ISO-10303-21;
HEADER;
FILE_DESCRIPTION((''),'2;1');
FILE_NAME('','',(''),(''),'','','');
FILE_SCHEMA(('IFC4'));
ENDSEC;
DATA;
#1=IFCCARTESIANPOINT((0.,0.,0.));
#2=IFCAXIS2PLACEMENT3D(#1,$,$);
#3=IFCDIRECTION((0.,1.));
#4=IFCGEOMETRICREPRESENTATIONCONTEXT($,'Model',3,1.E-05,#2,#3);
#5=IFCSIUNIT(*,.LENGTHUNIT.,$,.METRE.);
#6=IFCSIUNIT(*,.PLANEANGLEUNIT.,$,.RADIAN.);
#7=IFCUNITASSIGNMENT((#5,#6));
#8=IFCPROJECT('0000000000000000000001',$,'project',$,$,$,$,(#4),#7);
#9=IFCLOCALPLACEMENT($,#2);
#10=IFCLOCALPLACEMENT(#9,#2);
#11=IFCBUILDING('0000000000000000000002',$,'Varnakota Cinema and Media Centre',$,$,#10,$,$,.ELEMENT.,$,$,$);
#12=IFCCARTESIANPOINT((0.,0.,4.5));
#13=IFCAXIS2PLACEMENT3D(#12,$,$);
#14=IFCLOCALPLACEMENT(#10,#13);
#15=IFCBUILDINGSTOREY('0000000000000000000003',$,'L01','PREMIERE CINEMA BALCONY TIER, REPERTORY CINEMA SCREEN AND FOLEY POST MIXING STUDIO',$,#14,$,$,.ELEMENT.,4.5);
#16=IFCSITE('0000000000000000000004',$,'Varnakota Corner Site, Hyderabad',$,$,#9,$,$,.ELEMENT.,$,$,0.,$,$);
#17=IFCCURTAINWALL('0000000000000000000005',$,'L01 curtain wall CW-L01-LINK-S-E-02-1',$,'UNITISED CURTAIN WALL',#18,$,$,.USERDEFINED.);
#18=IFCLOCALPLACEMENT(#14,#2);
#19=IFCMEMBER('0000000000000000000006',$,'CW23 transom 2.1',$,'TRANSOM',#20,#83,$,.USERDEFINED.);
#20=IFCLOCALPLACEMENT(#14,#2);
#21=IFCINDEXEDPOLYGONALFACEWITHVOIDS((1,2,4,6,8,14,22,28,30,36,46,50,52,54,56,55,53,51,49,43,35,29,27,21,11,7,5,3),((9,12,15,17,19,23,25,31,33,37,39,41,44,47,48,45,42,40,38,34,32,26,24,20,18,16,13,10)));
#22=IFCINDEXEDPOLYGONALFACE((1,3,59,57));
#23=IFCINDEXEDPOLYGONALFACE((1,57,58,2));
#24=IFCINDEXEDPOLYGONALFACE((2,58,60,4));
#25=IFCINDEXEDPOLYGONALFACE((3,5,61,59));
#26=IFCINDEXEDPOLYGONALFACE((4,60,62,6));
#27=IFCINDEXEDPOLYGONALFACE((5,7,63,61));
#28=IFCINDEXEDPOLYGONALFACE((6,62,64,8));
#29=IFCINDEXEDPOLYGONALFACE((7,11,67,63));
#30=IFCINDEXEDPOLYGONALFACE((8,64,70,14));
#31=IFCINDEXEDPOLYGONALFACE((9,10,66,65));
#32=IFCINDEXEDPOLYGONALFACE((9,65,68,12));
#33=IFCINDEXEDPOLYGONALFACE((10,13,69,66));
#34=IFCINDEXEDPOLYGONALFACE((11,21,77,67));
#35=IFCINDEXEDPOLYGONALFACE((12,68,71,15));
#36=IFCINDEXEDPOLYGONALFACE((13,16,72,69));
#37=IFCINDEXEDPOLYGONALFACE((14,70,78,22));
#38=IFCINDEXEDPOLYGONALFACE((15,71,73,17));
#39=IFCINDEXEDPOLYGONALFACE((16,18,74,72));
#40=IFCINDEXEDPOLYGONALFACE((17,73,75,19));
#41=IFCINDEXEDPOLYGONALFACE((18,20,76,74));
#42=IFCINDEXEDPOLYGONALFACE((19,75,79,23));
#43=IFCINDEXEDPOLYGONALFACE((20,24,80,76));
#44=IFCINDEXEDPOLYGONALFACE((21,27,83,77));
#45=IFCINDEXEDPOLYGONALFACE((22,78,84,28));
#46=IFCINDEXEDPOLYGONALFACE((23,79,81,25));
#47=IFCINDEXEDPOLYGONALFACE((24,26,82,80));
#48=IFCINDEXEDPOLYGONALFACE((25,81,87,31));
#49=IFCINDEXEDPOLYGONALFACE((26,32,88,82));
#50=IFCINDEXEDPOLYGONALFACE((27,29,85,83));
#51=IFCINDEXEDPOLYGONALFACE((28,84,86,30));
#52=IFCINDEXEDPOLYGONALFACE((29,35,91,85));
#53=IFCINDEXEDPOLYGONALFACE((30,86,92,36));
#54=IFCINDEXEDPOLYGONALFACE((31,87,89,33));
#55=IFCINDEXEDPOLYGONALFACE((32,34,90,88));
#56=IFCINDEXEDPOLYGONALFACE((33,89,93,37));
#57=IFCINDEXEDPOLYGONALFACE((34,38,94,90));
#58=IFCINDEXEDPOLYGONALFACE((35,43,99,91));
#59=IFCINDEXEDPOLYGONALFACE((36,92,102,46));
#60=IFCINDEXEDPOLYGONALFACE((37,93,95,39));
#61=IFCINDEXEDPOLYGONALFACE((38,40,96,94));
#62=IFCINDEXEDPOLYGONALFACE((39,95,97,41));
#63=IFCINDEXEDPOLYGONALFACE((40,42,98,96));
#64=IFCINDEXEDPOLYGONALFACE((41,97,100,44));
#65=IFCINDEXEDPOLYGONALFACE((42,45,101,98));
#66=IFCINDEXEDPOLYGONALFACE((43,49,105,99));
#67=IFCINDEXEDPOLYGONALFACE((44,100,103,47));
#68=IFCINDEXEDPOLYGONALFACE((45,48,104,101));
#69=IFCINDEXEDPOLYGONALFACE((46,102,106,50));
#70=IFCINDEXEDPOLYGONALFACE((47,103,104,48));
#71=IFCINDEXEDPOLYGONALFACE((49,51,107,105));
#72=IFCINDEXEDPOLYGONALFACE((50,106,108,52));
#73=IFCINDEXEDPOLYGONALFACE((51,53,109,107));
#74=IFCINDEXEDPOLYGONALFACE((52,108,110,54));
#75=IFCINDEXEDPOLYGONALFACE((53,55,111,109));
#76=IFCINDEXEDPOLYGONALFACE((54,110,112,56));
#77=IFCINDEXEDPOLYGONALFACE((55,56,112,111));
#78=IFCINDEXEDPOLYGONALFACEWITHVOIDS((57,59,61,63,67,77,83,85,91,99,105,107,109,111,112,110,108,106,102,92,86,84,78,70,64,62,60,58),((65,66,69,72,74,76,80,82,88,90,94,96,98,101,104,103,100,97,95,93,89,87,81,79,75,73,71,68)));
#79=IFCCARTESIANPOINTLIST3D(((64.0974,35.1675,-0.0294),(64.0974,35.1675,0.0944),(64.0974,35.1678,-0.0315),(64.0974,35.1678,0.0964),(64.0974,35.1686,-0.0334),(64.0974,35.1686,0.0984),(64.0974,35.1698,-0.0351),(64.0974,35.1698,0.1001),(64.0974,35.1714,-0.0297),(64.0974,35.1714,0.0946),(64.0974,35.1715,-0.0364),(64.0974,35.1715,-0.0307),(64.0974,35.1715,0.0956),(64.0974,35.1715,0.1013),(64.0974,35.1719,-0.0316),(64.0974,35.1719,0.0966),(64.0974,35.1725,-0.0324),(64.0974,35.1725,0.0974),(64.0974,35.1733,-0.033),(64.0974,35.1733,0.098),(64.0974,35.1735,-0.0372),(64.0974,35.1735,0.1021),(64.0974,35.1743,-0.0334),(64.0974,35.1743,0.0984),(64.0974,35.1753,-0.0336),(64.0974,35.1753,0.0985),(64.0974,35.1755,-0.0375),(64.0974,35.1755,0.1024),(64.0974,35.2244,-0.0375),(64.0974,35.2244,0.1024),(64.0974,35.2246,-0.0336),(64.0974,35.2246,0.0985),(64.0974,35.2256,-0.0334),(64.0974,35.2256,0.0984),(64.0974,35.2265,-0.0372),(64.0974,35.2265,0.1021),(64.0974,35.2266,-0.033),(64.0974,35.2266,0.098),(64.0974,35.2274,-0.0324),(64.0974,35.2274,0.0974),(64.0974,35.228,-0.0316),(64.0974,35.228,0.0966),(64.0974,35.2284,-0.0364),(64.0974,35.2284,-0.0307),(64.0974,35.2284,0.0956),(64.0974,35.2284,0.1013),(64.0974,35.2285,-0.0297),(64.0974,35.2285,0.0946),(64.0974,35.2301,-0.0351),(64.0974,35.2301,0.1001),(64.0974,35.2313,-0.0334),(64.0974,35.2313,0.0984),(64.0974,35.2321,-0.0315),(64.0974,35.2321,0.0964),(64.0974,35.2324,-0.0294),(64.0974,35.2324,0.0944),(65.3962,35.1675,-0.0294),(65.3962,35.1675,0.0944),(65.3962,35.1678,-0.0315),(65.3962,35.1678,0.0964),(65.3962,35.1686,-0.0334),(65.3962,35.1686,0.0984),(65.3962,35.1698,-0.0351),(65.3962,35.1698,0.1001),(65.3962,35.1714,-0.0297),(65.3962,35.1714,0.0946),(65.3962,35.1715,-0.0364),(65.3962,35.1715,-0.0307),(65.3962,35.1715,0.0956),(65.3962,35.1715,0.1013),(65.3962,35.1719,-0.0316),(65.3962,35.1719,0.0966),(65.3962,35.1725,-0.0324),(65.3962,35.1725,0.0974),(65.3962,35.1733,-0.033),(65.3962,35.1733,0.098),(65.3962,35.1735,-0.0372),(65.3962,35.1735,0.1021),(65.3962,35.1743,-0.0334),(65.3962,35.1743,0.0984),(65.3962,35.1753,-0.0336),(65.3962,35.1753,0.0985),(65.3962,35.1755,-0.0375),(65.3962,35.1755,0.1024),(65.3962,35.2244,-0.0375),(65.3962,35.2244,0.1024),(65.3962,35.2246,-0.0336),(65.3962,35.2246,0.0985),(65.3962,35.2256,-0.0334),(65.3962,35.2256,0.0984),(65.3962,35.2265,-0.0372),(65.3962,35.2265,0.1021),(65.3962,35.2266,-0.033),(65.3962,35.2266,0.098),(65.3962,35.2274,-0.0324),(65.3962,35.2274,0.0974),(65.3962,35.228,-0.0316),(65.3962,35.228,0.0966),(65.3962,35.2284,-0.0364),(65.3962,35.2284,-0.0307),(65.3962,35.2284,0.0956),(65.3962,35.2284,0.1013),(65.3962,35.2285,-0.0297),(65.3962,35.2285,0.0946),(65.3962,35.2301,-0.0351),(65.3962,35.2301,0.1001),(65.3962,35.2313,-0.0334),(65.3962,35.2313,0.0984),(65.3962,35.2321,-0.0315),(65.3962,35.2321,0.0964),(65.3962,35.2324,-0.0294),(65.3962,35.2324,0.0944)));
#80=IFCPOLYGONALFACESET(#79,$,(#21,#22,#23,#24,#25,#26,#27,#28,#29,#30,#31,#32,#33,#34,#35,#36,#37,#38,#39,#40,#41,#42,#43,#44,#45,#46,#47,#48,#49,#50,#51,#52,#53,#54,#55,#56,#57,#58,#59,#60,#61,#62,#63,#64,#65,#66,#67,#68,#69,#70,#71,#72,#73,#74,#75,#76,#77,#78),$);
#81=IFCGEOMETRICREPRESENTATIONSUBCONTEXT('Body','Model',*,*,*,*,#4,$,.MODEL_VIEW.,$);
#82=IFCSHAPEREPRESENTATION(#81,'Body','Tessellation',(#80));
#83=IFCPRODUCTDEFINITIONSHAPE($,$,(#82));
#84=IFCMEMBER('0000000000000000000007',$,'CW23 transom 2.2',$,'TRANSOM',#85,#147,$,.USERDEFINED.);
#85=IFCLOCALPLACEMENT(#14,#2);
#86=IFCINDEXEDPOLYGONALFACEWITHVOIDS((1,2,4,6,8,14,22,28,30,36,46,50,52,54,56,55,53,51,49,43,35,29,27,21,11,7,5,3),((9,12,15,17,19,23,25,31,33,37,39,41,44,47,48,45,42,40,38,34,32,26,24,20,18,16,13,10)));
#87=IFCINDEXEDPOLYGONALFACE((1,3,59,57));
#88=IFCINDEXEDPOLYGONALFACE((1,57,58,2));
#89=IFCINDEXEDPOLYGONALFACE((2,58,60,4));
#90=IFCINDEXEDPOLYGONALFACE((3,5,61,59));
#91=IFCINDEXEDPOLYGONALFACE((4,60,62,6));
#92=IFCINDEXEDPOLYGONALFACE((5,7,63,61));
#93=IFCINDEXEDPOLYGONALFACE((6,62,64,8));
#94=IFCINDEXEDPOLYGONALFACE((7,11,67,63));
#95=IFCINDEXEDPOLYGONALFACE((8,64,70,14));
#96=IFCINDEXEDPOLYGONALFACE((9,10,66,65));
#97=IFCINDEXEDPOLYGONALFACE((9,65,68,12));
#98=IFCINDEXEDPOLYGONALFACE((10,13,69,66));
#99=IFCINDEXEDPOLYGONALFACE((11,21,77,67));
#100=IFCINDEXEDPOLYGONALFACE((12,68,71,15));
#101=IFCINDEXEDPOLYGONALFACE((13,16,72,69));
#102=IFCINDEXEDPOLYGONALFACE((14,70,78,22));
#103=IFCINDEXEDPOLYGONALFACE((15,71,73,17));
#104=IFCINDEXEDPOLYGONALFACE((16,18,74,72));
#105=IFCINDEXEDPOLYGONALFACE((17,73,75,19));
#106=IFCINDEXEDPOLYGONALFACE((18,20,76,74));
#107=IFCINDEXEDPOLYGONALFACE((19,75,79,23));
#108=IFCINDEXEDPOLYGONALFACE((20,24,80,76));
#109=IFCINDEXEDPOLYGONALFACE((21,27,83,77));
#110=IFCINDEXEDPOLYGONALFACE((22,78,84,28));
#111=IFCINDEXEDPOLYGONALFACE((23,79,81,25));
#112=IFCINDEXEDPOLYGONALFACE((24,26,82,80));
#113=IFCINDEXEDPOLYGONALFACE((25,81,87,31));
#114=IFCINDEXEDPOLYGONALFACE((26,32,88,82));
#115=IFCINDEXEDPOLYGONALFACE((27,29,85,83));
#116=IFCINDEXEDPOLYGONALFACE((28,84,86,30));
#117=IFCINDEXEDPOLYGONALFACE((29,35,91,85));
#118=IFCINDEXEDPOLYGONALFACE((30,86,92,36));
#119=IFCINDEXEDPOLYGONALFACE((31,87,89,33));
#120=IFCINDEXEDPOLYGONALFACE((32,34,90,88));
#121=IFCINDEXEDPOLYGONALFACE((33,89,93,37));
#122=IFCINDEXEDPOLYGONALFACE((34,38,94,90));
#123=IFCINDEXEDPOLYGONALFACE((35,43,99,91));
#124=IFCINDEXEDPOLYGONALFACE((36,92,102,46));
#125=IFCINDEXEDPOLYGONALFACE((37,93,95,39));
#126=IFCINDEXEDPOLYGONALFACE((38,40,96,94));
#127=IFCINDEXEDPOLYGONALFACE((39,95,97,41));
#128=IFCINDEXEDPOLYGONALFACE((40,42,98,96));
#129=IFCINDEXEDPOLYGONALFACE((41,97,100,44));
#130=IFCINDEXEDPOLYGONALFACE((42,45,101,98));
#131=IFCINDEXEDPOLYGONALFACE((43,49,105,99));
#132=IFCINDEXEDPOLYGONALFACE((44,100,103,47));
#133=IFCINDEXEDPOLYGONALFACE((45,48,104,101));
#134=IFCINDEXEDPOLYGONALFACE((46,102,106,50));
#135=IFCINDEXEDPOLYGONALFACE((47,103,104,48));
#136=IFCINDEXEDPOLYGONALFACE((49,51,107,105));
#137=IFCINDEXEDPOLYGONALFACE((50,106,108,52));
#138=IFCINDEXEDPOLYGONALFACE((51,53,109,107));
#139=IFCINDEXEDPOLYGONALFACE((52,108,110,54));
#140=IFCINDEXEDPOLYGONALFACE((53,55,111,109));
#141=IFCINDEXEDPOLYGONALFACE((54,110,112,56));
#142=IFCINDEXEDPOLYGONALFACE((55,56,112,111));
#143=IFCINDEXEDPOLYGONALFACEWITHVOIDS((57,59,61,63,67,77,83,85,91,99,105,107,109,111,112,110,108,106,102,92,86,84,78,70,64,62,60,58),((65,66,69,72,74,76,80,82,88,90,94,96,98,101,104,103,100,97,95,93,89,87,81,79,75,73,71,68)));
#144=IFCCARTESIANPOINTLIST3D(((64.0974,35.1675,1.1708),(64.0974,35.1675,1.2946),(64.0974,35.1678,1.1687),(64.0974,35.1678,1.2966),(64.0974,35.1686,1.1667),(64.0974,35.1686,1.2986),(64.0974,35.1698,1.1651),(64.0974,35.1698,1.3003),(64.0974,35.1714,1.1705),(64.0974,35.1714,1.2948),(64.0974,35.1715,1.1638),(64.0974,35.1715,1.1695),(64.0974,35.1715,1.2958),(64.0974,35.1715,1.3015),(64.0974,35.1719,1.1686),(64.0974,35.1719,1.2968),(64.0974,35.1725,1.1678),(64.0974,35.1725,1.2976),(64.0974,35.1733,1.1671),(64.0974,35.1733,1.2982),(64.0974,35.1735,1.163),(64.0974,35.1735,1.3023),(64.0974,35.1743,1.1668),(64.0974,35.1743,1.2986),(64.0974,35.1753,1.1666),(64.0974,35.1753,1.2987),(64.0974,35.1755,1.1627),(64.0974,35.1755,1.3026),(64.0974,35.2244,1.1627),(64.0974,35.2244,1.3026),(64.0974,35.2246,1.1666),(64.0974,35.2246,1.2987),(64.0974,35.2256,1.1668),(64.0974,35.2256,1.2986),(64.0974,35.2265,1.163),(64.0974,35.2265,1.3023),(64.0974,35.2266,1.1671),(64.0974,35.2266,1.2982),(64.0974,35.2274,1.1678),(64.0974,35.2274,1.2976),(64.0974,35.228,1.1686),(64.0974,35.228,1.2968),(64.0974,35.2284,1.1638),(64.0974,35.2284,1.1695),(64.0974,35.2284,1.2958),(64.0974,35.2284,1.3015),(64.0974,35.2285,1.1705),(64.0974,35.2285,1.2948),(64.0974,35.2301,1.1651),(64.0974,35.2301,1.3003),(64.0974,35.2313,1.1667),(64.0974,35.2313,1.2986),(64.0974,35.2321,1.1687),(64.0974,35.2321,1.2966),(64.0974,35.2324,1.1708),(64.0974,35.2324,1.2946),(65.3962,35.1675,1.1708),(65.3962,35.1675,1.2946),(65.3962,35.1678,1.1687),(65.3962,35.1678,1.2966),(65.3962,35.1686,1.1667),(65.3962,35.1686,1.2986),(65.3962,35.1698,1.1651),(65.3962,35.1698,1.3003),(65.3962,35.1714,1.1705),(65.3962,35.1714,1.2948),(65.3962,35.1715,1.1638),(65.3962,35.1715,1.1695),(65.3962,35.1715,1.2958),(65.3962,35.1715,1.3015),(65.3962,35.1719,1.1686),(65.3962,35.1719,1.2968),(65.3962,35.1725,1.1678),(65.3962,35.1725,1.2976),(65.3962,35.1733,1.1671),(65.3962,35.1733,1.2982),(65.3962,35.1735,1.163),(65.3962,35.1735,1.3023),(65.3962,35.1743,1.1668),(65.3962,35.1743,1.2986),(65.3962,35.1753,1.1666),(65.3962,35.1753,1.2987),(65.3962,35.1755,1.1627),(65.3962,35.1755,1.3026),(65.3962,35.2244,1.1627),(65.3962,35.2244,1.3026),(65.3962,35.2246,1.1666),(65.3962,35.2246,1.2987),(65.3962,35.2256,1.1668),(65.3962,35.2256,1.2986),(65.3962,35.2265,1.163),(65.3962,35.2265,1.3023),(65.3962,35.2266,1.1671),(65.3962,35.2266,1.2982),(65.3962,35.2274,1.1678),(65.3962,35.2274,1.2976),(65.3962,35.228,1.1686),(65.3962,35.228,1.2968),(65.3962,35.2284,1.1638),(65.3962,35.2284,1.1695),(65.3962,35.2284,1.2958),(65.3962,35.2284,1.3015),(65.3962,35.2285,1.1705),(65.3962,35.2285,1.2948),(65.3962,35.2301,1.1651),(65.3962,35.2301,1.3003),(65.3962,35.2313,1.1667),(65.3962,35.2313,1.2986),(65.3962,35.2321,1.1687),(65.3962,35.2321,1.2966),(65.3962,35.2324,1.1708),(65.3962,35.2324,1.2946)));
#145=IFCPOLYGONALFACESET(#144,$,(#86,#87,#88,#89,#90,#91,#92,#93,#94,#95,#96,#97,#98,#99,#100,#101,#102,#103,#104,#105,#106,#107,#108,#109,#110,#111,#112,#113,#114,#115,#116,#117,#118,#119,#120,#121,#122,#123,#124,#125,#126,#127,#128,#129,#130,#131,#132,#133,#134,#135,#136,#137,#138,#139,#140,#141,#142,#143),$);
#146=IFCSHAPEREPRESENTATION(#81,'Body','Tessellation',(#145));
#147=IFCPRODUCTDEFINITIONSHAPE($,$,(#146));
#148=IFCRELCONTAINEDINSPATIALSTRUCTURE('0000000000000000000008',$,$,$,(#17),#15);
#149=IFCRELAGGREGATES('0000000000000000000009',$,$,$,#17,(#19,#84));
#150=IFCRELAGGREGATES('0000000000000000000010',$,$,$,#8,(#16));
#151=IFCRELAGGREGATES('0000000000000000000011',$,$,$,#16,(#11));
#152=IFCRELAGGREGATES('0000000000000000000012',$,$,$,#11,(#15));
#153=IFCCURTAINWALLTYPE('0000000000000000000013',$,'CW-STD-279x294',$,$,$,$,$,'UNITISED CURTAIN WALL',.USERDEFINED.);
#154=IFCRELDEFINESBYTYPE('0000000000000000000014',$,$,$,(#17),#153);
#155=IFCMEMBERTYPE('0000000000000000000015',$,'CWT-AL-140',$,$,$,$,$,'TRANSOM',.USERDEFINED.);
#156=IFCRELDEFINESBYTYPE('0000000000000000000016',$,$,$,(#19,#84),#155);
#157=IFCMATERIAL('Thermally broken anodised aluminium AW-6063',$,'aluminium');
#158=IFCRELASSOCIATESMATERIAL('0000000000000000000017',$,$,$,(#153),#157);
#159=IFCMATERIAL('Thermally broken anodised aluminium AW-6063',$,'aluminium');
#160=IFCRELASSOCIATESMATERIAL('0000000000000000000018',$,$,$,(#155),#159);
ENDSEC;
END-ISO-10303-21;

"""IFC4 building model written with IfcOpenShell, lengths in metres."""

from ifc_helpers import new_model, si_unit, direction, frame, origin, origin_2d, place, context, subcontext, project, spatial, hollow_rectangle, extrude, material, material_profile, profile_set, type_object, element, aggregate, save


model = new_model("IFC4")

# Units and contexts
model_context = context("Model", 3, precision=1e-05, world=origin(), true_north=direction((0.0, 1.0)))
body_context = subcontext(model_context, "Body", "Model", "MODEL_VIEW")
ifc_project = project(units=[si_unit("LENGTHUNIT", "METRE"), si_unit("PLANEANGLEUNIT", "RADIAN")], contexts=[model_context])

# Site, building, storey
site_placement = place(None, origin())
site = spatial("IfcSite", under=ifc_project, at=site_placement, Name="Varnakota Corner Site, Hyderabad", CompositionType="ELEMENT", RefElevation=0.0)
building_placement = place(site_placement, origin())
building = spatial("IfcBuilding", under=site, at=building_placement, Name="Varnakota Cinema and Media Centre", CompositionType="ELEMENT")
storey_placement = place(building_placement, frame((0.0, 0.0, 4.5)))
storey = spatial("IfcBuildingStorey", under=building, at=storey_placement, Name="L01", Description="PREMIERE CINEMA BALCONY TIER, REPERTORY CINEMA SCREEN AND FOLEY POST MIXING STUDIO", CompositionType="ELEMENT", Elevation=4.5)

# Curtain wall
ifc_material_1 = material(Name="Thermally broken anodised aluminium AW-6063", Category="aluminium")
curtain_wall_type_1 = type_object("IfcCurtainWallType", Name="CW-STD-279x294", ElementType="UNITISED CURTAIN WALL", PredefinedType="USERDEFINED", material=ifc_material_1)
curtain_wall_1_placement = place(storey_placement, origin())
curtain_wall_1 = element("IfcCurtainWall", 1, at=curtain_wall_1_placement, inside=storey, type_object=curtain_wall_type_1, Name="L01 curtain wall CW-L01-LINK-S-E-02-1", ObjectType="UNITISED CURTAIN WALL", PredefinedType="USERDEFINED")

# Members
ifc_material_2 = material(Name="Thermally broken anodised aluminium AW-6063", Category="aluminium")
ifc_material_profile_1 = material_profile(ifc_material_2, hollow_rectangle(XDim=0.0649, YDim=0.1399, WallThickness=0.0039, InnerFilletRadius=0.0039, OuterFilletRadius=0.0081, at=origin_2d()), Name="AL-TRANSOM 140x65x4")
ifc_profile_set_1 = profile_set([ifc_material_profile_1], Name="Thermally broken anodised aluminium AW-6063")
member_type_1 = type_object("IfcMemberType", Name="CWT-AL-140", ElementType="TRANSOM", PredefinedType="USERDEFINED", material=ifc_profile_set_1)
member_1_placement = place(storey_placement, frame((65.3962, 35.2, 0.0325), z_axis=(-1.0, 0.0, 0.0), x_axis=(0.0, -1.0, 0.0)))
member_1 = element("IfcMember", 2, at=member_1_placement, type_object=member_type_1, Name="CW23 transom 2.1", ObjectType="TRANSOM", PredefinedType="USERDEFINED", context=body_context, shape_type="SweptSolid", body=[
    extrude(hollow_rectangle(XDim=0.0649, YDim=0.1399, WallThickness=0.0039, InnerFilletRadius=0.0039, OuterFilletRadius=0.0081, at=origin_2d()), origin(), (0.0, 0.0, 1.0), 1.2988),
])
member_2_placement = place(storey_placement, frame((65.3962, 35.2, 1.2327), z_axis=(-1.0, 0.0, 0.0), x_axis=(0.0, -1.0, 0.0)))
member_2 = element("IfcMember", 3, at=member_2_placement, type_object=member_type_1, Name="CW23 transom 2.2", ObjectType="TRANSOM", PredefinedType="USERDEFINED", context=body_context, shape_type="SweptSolid", body=[
    extrude(hollow_rectangle(XDim=0.0649, YDim=0.1399, WallThickness=0.0039, InnerFilletRadius=0.0039, OuterFilletRadius=0.0081, at=origin_2d()), origin(), (0.0, 0.0, 1.0), 1.2988),
])

aggregate(curtain_wall_1, [member_1, member_2])

save(model, "model.ifc")
